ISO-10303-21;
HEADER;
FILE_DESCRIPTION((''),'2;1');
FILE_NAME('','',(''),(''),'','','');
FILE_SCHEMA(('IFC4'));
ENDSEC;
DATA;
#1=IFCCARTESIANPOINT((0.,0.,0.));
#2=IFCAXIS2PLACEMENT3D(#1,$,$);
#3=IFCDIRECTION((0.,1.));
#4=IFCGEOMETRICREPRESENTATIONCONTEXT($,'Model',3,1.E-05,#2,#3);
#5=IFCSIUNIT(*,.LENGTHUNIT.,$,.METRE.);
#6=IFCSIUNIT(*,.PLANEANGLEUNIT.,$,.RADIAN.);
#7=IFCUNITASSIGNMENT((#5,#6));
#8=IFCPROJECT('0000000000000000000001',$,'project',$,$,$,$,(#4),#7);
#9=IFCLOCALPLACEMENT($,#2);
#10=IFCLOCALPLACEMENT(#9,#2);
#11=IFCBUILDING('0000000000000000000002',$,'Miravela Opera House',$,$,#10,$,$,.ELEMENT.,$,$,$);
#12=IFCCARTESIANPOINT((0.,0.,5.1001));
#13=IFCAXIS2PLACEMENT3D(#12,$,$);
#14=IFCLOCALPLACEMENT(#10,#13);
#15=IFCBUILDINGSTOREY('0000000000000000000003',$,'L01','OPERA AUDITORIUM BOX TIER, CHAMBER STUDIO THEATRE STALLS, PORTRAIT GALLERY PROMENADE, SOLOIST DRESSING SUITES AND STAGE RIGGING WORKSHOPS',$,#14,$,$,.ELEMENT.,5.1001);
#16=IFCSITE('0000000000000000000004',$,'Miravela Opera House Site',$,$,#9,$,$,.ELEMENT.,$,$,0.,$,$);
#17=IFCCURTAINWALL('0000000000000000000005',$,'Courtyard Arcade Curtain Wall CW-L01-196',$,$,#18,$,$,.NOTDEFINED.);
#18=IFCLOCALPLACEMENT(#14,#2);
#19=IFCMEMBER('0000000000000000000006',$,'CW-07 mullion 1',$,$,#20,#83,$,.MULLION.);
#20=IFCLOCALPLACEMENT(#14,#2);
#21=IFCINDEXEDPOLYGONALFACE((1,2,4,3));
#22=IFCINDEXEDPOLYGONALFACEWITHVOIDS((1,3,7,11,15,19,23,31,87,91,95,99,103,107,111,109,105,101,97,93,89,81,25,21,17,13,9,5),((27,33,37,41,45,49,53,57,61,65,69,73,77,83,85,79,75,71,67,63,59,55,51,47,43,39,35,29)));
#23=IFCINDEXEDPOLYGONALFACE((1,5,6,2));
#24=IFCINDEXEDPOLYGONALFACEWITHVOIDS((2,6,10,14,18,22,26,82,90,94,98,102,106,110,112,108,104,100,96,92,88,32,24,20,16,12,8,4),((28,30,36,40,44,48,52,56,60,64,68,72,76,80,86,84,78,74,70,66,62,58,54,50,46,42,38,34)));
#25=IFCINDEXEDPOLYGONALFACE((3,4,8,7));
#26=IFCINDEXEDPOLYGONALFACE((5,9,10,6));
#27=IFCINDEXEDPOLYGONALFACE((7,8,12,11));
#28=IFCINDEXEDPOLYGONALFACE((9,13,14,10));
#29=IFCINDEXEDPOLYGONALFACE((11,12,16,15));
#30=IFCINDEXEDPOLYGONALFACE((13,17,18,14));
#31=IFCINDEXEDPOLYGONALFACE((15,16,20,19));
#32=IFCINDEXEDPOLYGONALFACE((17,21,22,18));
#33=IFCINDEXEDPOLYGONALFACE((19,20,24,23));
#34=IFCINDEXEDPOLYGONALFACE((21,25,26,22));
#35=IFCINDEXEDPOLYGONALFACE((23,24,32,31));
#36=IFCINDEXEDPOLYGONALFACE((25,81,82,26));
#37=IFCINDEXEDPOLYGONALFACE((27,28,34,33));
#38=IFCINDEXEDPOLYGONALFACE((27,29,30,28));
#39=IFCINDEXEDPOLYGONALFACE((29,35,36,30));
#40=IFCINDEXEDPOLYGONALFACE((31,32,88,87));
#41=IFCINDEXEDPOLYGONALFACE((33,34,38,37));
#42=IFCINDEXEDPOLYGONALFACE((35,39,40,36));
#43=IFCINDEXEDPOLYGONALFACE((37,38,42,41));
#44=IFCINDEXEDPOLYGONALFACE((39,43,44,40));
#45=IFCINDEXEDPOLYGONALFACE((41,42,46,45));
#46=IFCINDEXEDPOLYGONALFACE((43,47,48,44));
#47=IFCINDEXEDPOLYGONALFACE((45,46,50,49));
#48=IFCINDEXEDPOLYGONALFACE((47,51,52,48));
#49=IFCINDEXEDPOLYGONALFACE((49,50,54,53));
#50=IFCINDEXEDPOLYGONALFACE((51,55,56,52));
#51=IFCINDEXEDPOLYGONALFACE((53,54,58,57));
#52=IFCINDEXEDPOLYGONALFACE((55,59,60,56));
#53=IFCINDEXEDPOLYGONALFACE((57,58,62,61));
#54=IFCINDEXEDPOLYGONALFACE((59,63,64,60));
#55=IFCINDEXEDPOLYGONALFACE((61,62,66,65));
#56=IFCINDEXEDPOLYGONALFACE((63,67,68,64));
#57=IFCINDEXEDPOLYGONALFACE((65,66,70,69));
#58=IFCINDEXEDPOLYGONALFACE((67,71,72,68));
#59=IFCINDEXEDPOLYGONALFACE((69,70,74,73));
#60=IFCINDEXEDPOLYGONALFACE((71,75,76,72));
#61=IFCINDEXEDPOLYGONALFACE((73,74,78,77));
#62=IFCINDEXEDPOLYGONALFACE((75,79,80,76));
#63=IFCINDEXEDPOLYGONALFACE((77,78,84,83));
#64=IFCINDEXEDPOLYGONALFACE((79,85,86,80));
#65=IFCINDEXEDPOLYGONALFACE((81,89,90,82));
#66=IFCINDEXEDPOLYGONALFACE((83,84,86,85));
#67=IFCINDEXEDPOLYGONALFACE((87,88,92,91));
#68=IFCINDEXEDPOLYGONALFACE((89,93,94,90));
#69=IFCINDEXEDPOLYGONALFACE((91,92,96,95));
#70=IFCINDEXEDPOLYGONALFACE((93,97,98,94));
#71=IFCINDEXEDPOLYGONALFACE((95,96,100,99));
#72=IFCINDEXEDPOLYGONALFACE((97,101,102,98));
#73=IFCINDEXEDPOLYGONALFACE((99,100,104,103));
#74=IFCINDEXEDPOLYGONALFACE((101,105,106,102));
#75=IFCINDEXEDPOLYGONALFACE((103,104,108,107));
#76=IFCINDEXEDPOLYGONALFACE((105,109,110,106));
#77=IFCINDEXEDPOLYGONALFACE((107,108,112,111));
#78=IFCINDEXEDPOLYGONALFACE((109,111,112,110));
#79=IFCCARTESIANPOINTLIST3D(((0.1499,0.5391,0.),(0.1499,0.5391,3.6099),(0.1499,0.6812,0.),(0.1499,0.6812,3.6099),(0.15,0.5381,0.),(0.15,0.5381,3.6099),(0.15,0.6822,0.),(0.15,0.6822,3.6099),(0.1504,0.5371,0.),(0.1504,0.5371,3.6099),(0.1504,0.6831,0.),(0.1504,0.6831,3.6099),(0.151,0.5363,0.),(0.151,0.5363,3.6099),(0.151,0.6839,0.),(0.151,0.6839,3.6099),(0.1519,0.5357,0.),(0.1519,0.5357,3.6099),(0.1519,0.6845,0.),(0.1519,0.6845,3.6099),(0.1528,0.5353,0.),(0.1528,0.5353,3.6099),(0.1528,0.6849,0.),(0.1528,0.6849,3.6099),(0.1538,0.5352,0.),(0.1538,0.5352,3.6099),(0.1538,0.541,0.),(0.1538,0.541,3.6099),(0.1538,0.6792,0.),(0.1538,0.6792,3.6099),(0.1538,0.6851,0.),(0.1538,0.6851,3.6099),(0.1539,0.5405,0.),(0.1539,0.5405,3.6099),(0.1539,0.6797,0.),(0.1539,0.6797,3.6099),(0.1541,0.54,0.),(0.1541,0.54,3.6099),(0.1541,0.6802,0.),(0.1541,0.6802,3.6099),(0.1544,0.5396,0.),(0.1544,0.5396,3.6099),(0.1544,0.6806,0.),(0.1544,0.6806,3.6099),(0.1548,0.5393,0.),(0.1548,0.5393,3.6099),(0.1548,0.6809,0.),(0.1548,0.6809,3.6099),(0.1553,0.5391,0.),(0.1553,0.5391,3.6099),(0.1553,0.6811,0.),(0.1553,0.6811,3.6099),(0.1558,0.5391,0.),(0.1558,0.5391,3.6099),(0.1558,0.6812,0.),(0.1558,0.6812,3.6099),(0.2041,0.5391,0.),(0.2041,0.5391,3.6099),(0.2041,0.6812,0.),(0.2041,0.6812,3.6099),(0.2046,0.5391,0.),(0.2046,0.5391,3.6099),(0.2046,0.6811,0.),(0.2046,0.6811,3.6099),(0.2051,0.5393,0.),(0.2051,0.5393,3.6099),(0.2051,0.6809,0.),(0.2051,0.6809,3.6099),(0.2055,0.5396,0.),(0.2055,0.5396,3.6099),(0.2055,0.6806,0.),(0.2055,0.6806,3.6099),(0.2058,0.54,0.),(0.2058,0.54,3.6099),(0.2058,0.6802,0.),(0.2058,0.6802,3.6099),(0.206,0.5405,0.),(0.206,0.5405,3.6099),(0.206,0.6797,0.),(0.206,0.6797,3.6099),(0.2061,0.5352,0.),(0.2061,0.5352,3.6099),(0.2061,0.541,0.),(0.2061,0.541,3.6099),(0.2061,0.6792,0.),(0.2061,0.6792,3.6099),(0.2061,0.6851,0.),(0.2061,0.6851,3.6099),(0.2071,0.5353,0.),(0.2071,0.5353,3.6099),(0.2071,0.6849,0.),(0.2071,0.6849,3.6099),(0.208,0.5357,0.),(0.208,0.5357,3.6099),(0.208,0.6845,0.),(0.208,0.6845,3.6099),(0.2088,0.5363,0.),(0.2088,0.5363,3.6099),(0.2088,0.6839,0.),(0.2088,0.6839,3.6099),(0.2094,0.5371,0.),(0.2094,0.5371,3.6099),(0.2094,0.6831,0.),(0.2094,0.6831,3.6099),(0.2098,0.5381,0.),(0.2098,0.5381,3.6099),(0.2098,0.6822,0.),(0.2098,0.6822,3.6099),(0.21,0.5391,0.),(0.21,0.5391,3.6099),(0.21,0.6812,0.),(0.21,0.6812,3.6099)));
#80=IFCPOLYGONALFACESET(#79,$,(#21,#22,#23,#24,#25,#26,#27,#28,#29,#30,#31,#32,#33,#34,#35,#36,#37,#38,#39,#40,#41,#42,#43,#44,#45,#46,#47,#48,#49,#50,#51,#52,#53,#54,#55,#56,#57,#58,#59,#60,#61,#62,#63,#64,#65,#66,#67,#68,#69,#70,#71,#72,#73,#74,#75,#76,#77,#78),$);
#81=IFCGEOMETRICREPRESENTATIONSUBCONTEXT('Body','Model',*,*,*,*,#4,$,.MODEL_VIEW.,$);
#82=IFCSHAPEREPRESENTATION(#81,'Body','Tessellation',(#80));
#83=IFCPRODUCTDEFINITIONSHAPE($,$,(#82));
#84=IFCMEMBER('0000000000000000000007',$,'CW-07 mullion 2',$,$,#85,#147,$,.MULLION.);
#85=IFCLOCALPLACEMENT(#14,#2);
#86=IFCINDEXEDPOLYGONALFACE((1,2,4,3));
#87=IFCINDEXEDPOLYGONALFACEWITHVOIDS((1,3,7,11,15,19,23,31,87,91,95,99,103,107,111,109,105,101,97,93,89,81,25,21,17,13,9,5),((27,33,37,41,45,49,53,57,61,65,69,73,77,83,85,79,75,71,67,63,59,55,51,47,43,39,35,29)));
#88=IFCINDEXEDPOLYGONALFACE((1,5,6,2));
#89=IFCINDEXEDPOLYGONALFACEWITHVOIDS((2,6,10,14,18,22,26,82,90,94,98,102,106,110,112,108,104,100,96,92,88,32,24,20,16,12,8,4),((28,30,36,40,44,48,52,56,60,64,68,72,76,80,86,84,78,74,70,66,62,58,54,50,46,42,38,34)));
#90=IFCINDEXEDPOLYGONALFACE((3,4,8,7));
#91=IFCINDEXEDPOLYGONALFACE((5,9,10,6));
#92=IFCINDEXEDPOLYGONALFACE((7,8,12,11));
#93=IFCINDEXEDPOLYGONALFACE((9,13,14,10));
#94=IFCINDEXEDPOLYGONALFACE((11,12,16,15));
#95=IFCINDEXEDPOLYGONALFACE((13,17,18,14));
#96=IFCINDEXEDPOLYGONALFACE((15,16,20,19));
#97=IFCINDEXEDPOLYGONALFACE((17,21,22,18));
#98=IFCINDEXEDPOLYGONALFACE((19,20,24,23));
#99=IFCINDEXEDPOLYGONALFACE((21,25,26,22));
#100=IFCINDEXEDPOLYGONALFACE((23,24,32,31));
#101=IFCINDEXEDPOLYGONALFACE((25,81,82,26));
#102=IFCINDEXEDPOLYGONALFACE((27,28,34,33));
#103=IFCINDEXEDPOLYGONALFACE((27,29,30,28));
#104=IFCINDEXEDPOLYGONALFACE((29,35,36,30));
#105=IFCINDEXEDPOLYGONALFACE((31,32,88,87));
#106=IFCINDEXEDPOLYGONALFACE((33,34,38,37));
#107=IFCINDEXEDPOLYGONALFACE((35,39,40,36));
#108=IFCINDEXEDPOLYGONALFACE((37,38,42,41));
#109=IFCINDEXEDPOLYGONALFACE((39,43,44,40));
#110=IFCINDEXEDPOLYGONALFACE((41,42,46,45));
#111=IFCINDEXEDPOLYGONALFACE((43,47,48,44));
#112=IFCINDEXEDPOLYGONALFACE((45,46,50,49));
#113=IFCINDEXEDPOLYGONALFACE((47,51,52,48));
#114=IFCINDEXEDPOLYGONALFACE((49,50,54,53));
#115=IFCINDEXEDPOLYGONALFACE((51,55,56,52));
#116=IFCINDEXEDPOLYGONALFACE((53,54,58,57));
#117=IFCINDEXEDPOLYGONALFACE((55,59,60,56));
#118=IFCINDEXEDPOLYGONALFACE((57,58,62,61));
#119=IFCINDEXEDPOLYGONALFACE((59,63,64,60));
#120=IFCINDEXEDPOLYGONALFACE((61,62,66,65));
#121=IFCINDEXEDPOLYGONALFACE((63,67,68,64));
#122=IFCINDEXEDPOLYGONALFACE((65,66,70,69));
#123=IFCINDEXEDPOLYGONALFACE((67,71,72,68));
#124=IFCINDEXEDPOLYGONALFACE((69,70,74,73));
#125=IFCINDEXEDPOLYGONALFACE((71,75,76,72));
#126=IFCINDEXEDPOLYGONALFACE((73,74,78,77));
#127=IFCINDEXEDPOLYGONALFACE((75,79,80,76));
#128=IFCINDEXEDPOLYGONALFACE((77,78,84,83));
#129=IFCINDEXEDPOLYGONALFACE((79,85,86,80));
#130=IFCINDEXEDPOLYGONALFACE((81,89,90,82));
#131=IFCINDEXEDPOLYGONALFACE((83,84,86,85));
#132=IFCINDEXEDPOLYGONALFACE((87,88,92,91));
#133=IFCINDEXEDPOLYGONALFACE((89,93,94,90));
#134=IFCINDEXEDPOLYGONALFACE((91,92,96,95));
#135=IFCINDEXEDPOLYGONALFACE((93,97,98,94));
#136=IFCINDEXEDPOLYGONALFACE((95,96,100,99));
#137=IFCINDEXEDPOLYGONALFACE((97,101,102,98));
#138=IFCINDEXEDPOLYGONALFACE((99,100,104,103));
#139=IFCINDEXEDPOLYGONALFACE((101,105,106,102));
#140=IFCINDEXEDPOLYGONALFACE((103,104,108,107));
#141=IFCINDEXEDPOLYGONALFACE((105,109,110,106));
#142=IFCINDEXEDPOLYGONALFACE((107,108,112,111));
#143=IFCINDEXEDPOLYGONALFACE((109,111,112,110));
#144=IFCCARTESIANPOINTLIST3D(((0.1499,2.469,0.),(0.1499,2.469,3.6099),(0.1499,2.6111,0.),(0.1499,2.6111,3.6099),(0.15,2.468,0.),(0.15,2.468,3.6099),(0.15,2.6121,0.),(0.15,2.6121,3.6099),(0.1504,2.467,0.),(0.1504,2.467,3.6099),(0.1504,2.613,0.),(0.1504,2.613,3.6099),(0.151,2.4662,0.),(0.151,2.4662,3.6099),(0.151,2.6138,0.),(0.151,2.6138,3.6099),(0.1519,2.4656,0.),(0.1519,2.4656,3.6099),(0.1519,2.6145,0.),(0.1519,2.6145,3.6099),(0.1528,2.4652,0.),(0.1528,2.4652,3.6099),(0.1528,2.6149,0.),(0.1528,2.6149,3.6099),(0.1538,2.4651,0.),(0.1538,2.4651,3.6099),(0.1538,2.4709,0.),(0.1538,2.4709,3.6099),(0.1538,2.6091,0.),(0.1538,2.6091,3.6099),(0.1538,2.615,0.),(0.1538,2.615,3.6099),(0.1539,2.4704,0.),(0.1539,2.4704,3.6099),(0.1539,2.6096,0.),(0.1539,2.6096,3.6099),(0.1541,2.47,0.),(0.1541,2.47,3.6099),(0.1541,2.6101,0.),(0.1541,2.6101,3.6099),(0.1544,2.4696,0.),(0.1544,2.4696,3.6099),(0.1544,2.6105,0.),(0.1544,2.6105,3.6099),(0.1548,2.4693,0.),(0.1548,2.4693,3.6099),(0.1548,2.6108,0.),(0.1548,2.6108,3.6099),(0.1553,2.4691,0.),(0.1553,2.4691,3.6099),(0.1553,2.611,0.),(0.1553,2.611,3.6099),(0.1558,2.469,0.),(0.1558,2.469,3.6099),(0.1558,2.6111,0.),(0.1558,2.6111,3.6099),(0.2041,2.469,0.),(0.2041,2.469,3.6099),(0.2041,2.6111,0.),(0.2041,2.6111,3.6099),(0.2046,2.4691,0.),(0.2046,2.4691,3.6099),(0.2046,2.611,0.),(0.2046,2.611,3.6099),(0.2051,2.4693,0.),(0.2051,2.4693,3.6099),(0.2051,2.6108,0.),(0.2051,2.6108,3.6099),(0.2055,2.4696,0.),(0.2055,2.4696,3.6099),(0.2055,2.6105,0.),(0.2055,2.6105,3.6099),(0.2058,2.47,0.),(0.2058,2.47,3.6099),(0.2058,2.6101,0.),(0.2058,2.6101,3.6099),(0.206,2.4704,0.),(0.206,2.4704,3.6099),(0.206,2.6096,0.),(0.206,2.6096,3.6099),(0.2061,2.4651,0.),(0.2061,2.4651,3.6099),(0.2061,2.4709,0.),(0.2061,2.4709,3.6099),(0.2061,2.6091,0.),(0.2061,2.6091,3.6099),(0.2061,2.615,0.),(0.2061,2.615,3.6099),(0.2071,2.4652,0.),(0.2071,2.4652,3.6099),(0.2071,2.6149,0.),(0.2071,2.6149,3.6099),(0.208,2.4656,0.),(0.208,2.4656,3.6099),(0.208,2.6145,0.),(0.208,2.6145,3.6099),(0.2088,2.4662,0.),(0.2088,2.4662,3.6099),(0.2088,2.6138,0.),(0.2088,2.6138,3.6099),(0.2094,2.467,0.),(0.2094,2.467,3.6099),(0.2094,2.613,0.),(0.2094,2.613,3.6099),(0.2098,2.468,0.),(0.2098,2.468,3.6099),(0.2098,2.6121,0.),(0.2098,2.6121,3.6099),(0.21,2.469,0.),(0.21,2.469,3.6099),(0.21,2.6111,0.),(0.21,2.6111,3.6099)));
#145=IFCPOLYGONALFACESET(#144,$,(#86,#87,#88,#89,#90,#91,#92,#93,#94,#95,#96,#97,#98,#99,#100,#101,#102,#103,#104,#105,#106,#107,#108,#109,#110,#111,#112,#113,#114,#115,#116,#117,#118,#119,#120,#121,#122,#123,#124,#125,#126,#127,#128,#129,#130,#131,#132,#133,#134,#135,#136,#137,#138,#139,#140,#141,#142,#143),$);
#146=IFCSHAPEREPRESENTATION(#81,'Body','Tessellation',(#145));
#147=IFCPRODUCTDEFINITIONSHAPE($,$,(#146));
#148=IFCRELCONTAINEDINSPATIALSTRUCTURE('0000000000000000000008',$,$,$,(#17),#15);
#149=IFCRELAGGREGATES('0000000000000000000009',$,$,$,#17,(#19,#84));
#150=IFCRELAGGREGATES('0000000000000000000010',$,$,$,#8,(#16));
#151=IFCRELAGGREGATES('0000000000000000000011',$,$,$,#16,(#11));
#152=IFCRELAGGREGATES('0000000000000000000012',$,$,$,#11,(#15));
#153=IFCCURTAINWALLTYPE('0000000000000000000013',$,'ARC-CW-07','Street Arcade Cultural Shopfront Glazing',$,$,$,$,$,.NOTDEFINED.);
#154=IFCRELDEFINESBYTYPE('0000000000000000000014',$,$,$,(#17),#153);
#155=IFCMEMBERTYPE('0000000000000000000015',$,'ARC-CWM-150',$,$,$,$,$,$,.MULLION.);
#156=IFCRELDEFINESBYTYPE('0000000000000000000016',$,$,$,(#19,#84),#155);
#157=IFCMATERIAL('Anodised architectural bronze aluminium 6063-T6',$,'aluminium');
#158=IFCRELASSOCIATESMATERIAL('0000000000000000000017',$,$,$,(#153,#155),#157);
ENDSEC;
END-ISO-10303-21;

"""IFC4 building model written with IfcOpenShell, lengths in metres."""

from ifc_helpers import new_model, si_unit, direction, frame, origin, origin_2d, place, context, subcontext, project, spatial, hollow_rectangle, extrude, material, material_profile, profile_set, type_object, element, aggregate, save


model = new_model("IFC4")

# Units and contexts
model_context = context("Model", 3, precision=1e-05, world=origin(), true_north=direction((0.0, 1.0)))
body_context = subcontext(model_context, "Body", "Model", "MODEL_VIEW")
ifc_project = project(units=[si_unit("LENGTHUNIT", "METRE"), si_unit("PLANEANGLEUNIT", "RADIAN")], contexts=[model_context])

# Site, building, storey
site_placement = place(None, origin())
site = spatial("IfcSite", under=ifc_project, at=site_placement, Name="Miravela Opera House Site", CompositionType="ELEMENT", RefElevation=0.0)
building_placement = place(site_placement, origin())
building = spatial("IfcBuilding", under=site, at=building_placement, Name="Miravela Opera House", CompositionType="ELEMENT")
storey_placement = place(building_placement, frame((0.0, 0.0, 5.1001)))
storey = spatial("IfcBuildingStorey", under=building, at=storey_placement, Name="L01", Description="OPERA AUDITORIUM BOX TIER, CHAMBER STUDIO THEATRE STALLS, PORTRAIT GALLERY PROMENADE, SOLOIST DRESSING SUITES AND STAGE RIGGING WORKSHOPS", CompositionType="ELEMENT", Elevation=5.1001)

# Curtain wall, members
ifc_material_1 = material(Name="Anodised architectural bronze aluminium 6063-T6", Category="aluminium")
curtain_wall_type = type_object("IfcCurtainWallType", Name="ARC-CW-07", Description="Street Arcade Cultural Shopfront Glazing", PredefinedType="NOTDEFINED", material=ifc_material_1)
curtain_wall_placement = place(storey_placement, origin())
curtain_wall = element("IfcCurtainWall", 1, at=curtain_wall_placement, inside=storey, type_object=curtain_wall_type, Name="Courtyard Arcade Curtain Wall CW-L01-196", PredefinedType="NOTDEFINED")
ifc_material_profile_1 = material_profile(ifc_material_1, hollow_rectangle(XDim=0.0601, YDim=0.1499, WallThickness=0.0039, InnerFilletRadius=0.002, OuterFilletRadius=0.0039, at=origin_2d()), Name="CWM-60X150")
ifc_profile_set_1 = profile_set([ifc_material_profile_1])
member_type_1 = type_object("IfcMemberType", Name="ARC-CWM-150", PredefinedType="MULLION", material=ifc_profile_set_1)
member_1_placement = place(storey_placement, frame((0.1799, 0.6101, 0.0), z_axis=(0.0, 0.0, 1.0), x_axis=(-1.0, 0.0, 0.0)))
member_1 = element("IfcMember", 2, at=member_1_placement, type_object=member_type_1, Name="CW-07 mullion 1", PredefinedType="MULLION", context=body_context, shape_type="SweptSolid", body=[
    extrude(hollow_rectangle(XDim=0.0601, YDim=0.1499, WallThickness=0.0039, InnerFilletRadius=0.002, OuterFilletRadius=0.0039, at=origin_2d()), origin(), (0.0, 0.0, 1.0), 3.6099),
])
member_2_placement = place(storey_placement, frame((0.1799, 2.54, 0.0), z_axis=(0.0, 0.0, 1.0), x_axis=(-1.0, 0.0, 0.0)))
member_2 = element("IfcMember", 3, at=member_2_placement, type_object=member_type_1, Name="CW-07 mullion 2", PredefinedType="MULLION", context=body_context, shape_type="SweptSolid", body=[
    extrude(hollow_rectangle(XDim=0.0601, YDim=0.1499, WallThickness=0.0039, InnerFilletRadius=0.002, OuterFilletRadius=0.0039, at=origin_2d()), origin(), (0.0, 0.0, 1.0), 3.6099),
])

aggregate(curtain_wall, [member_1, member_2])

save(model, "model.ifc")
